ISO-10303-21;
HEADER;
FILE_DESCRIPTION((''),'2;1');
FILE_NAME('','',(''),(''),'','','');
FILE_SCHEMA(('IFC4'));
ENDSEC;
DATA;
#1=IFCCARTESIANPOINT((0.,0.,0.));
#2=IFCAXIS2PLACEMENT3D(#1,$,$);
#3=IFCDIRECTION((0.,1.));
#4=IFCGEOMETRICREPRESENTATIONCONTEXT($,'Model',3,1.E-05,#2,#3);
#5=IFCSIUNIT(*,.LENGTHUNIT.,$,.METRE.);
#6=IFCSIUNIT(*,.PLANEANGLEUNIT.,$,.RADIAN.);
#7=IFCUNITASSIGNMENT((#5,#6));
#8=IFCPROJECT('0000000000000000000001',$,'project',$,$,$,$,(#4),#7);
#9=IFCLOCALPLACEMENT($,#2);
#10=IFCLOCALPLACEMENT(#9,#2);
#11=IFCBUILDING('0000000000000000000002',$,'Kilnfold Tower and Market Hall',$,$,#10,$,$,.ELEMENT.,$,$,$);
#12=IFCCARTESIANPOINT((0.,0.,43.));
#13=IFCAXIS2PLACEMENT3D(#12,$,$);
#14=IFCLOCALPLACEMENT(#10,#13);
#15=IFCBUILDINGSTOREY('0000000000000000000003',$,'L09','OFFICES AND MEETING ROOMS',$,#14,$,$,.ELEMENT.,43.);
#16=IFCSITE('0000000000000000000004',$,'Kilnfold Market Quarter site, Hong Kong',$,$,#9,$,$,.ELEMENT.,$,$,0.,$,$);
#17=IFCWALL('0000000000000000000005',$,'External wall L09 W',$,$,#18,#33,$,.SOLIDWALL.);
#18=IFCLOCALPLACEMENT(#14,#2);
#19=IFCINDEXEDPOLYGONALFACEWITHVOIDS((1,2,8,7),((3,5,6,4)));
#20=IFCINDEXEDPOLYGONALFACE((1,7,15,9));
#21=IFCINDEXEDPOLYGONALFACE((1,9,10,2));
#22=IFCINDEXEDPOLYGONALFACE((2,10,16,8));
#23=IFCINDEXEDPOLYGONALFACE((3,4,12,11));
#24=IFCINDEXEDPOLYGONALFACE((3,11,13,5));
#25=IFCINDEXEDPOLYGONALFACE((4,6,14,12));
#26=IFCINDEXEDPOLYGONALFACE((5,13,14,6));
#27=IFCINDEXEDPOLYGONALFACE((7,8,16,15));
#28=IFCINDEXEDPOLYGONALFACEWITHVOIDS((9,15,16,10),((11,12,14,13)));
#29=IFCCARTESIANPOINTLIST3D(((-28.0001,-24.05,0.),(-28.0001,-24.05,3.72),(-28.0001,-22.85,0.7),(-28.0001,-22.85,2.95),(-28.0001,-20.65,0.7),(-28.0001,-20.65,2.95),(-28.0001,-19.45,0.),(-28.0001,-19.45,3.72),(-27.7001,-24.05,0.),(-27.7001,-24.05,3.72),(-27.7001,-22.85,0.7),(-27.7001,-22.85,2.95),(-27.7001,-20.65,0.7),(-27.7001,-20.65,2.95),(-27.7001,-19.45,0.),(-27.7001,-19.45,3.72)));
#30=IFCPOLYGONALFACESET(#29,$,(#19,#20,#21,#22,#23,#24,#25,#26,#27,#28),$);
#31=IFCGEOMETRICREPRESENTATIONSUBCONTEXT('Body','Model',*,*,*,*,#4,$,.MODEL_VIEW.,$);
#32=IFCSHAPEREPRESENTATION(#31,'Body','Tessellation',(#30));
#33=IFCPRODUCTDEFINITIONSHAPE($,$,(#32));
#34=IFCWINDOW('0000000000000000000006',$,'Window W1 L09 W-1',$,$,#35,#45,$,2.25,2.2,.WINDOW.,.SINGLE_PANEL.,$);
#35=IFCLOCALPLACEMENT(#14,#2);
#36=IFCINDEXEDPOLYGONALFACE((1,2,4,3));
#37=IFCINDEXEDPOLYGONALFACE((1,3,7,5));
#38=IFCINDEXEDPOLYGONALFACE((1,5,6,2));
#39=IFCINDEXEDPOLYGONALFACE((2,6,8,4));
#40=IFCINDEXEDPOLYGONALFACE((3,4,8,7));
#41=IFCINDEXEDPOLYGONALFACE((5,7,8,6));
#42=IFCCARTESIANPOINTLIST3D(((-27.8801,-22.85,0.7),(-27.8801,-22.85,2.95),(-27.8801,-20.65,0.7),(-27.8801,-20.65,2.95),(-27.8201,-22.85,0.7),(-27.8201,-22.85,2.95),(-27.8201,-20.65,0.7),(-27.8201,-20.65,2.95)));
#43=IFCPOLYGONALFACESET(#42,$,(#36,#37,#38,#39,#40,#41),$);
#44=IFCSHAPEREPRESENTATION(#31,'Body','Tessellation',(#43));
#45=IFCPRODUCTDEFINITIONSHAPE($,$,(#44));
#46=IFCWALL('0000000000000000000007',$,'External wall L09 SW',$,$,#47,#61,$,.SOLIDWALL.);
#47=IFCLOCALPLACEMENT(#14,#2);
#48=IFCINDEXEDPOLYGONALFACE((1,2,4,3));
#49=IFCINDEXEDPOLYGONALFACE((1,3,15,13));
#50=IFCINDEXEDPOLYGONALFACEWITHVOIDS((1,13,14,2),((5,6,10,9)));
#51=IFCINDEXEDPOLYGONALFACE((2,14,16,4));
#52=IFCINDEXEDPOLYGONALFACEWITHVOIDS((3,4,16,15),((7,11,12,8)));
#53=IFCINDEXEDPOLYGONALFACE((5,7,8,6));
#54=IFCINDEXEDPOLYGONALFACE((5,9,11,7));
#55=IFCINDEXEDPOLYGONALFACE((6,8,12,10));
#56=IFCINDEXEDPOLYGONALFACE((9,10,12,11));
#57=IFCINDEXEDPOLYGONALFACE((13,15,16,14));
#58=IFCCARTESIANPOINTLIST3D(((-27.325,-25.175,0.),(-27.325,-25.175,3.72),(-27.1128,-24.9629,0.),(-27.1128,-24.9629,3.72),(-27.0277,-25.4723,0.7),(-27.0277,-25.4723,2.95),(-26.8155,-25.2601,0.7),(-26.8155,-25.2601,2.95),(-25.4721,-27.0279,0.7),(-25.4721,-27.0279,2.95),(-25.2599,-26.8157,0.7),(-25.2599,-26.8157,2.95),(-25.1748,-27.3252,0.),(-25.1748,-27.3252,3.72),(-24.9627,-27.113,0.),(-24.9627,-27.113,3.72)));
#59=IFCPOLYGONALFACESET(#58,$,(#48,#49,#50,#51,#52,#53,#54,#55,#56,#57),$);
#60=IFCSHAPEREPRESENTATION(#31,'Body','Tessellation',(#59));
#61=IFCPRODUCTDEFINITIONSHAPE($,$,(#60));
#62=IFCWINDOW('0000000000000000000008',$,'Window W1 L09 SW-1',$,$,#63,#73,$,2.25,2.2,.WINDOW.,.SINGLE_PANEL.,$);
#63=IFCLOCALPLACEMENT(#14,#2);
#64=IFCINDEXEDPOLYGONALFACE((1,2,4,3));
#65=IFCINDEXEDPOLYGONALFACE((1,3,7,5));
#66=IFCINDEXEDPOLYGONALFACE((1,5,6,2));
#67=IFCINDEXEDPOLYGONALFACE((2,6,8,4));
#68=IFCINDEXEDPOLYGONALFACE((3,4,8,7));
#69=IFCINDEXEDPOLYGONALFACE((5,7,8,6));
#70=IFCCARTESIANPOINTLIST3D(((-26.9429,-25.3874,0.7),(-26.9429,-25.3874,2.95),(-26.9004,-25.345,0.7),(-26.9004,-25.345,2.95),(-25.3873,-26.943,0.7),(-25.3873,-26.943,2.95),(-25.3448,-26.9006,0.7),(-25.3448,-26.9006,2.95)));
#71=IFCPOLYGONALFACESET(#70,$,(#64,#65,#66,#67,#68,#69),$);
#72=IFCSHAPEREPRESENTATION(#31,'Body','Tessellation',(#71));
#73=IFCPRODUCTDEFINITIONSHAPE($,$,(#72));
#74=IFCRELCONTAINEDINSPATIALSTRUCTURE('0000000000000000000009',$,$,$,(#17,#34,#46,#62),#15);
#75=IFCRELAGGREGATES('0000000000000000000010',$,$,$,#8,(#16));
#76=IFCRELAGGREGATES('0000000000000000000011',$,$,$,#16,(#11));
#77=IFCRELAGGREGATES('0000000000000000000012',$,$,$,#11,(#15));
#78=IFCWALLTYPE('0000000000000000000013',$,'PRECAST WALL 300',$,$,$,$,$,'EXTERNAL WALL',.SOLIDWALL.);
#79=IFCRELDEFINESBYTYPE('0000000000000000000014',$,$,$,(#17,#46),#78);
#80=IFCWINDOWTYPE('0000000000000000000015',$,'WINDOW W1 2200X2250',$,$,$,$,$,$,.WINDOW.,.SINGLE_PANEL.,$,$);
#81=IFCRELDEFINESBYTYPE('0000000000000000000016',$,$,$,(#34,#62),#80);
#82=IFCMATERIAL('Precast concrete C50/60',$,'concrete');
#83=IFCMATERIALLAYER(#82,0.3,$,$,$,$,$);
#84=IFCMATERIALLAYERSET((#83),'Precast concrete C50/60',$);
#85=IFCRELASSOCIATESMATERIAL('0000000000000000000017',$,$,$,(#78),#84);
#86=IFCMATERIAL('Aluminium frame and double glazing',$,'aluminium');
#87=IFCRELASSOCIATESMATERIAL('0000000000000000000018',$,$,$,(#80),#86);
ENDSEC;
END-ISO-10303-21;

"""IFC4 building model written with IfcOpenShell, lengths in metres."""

from ifc_helpers import new_model, si_unit, direction, frame, frame_2d, origin, place, context, subcontext, project, spatial, rectangle, extrude, source, transform, mapped, material, layer, layer_set, type_object, element, fill, save


model = new_model("IFC4")

# Units and contexts
model_context = context("Model", 3, precision=1e-05, world=origin(), true_north=direction((0.0, 1.0)))
body_context = subcontext(model_context, "Body", "Model", "MODEL_VIEW")
ifc_project = project(units=[si_unit("LENGTHUNIT", "METRE"), si_unit("PLANEANGLEUNIT", "RADIAN")], contexts=[model_context])

# Site, building, storey
site_placement = place(None, origin())
site = spatial("IfcSite", under=ifc_project, at=site_placement, Name="Kilnfold Market Quarter site, Hong Kong", CompositionType="ELEMENT", RefElevation=0.0)
building_placement = place(site_placement, origin())
building = spatial("IfcBuilding", under=site, at=building_placement, Name="Kilnfold Tower and Market Hall", CompositionType="ELEMENT")
storey_placement = place(building_placement, frame((0.0, 0.0, 43.0)))
storey = spatial("IfcBuildingStorey", under=building, at=storey_placement, Name="L09", Description="OFFICES AND MEETING ROOMS", CompositionType="ELEMENT", Elevation=43.0)

# Walls, openings, windows
ifc_material_1 = material(Name="Precast concrete C50/60", Category="concrete")
ifc_layer_1 = layer(ifc_material_1, 0.3)
ifc_layer_set_1 = layer_set([ifc_layer_1], Name="Precast concrete C50/60")
wall_type_1 = type_object("IfcWallType", Name="PRECAST WALL 300", ElementType="EXTERNAL WALL", PredefinedType="SOLIDWALL", material=ifc_layer_set_1)
shared_shape_1 = source(origin(), body_context, "Body", "SweptSolid", [
    extrude(rectangle(XDim=4.6001, YDim=0.3, at=frame_2d((2.3, 0.0))), origin(), (0.0, 0.0, 1.0), 3.72),
])
wall_1_placement = place(storey_placement, frame((-27.8501, -19.45, 0.0), z_axis=(0.0, 0.0, 1.0), x_axis=(0.0, -1.0, 0.0)))
wall_1 = element("IfcWall", 1, at=wall_1_placement, inside=storey, type_object=wall_type_1, Name="External wall L09 W", PredefinedType="SOLIDWALL", context=body_context, shape_type="MappedRepresentation", body=[
    mapped(shared_shape_1, transform((0.0, 0.0, 0.0))),
])
opening_1_placement = place(wall_1_placement, frame((1.2, 0.0, 0.7)))
opening_1 = element("IfcOpeningElement", 2, at=opening_1_placement, cuts=wall_1, PredefinedType="OPENING", context=body_context, shape_type="SweptSolid", body=[
    extrude(rectangle(XDim=2.2, YDim=2.25, at=frame_2d((1.1001, 1.125))), frame((0.0, 0.1602, 0.0), z_axis=(0.0, -1.0, 0.0), x_axis=(1.0, 0.0, 0.0)), (0.0, 0.0, 1.0), 0.3201),
])
ifc_material_2 = material(Name="Aluminium frame and double glazing", Category="aluminium")
window_type = type_object("IfcWindowType", Name="WINDOW W1 2200X2250", PartitioningType="SINGLE_PANEL", PredefinedType="WINDOW", material=ifc_material_2)
window_1_placement = place(opening_1_placement, origin())
window_1 = element("IfcWindow", 3, at=window_1_placement, inside=storey, type_object=window_type, Name="Window W1 L09 W-1", OverallHeight=2.25, OverallWidth=2.2, PartitioningType="SINGLE_PANEL", PredefinedType="WINDOW", context=body_context, shape_type="SweptSolid", body=[
    extrude(rectangle(XDim=2.2, YDim=2.25, at=frame_2d((1.1001, 1.125))), frame((0.0, 0.03, 0.0), z_axis=(0.0, -1.0, 0.0), x_axis=(1.0, 0.0, 0.0)), (0.0, 0.0, 1.0), 0.0601),
])
fill(opening_1, window_1)
shared_shape_2 = source(origin(), body_context, "Body", "SweptSolid", [
    extrude(rectangle(XDim=3.0408, YDim=0.3, at=frame_2d((1.5205, 0.0))), origin(), (0.0, 0.0, 1.0), 3.72),
])
wall_2_placement = place(storey_placement, frame((-27.219, -25.0688, 0.0), z_axis=(0.0, 0.0, 1.0), x_axis=(0.707107, -0.707107, 0.0)))
wall_2 = element("IfcWall", 4, at=wall_2_placement, inside=storey, type_object=wall_type_1, Name="External wall L09 SW", PredefinedType="SOLIDWALL", context=body_context, shape_type="MappedRepresentation", body=[
    mapped(shared_shape_2, transform((0.0, 0.0, 0.0))),
])
opening_2_placement = place(wall_2_placement, frame((0.4204, 0.0, 0.7)))
opening_2 = element("IfcOpeningElement", 5, at=opening_2_placement, cuts=wall_2, PredefinedType="OPENING", context=body_context, shape_type="SweptSolid", body=[
    extrude(rectangle(XDim=2.2, YDim=2.25, at=frame_2d((1.1001, 1.125))), frame((0.0, 0.1602, 0.0), z_axis=(0.0, -1.0, 0.0), x_axis=(1.0, 0.0, 0.0)), (0.0, 0.0, 1.0), 0.3201),
])
window_2_placement = place(opening_2_placement, origin())
window_2 = element("IfcWindow", 6, at=window_2_placement, inside=storey, type_object=window_type, Name="Window W1 L09 SW-1", OverallHeight=2.25, OverallWidth=2.2, PartitioningType="SINGLE_PANEL", PredefinedType="WINDOW", context=body_context, shape_type="SweptSolid", body=[
    extrude(rectangle(XDim=2.2, YDim=2.25, at=frame_2d((1.1001, 1.125))), frame((0.0, 0.03, 0.0), z_axis=(0.0, -1.0, 0.0), x_axis=(1.0, 0.0, 0.0)), (0.0, 0.0, 1.0), 0.0601),
])
fill(opening_2, window_2)

save(model, "model.ifc")
